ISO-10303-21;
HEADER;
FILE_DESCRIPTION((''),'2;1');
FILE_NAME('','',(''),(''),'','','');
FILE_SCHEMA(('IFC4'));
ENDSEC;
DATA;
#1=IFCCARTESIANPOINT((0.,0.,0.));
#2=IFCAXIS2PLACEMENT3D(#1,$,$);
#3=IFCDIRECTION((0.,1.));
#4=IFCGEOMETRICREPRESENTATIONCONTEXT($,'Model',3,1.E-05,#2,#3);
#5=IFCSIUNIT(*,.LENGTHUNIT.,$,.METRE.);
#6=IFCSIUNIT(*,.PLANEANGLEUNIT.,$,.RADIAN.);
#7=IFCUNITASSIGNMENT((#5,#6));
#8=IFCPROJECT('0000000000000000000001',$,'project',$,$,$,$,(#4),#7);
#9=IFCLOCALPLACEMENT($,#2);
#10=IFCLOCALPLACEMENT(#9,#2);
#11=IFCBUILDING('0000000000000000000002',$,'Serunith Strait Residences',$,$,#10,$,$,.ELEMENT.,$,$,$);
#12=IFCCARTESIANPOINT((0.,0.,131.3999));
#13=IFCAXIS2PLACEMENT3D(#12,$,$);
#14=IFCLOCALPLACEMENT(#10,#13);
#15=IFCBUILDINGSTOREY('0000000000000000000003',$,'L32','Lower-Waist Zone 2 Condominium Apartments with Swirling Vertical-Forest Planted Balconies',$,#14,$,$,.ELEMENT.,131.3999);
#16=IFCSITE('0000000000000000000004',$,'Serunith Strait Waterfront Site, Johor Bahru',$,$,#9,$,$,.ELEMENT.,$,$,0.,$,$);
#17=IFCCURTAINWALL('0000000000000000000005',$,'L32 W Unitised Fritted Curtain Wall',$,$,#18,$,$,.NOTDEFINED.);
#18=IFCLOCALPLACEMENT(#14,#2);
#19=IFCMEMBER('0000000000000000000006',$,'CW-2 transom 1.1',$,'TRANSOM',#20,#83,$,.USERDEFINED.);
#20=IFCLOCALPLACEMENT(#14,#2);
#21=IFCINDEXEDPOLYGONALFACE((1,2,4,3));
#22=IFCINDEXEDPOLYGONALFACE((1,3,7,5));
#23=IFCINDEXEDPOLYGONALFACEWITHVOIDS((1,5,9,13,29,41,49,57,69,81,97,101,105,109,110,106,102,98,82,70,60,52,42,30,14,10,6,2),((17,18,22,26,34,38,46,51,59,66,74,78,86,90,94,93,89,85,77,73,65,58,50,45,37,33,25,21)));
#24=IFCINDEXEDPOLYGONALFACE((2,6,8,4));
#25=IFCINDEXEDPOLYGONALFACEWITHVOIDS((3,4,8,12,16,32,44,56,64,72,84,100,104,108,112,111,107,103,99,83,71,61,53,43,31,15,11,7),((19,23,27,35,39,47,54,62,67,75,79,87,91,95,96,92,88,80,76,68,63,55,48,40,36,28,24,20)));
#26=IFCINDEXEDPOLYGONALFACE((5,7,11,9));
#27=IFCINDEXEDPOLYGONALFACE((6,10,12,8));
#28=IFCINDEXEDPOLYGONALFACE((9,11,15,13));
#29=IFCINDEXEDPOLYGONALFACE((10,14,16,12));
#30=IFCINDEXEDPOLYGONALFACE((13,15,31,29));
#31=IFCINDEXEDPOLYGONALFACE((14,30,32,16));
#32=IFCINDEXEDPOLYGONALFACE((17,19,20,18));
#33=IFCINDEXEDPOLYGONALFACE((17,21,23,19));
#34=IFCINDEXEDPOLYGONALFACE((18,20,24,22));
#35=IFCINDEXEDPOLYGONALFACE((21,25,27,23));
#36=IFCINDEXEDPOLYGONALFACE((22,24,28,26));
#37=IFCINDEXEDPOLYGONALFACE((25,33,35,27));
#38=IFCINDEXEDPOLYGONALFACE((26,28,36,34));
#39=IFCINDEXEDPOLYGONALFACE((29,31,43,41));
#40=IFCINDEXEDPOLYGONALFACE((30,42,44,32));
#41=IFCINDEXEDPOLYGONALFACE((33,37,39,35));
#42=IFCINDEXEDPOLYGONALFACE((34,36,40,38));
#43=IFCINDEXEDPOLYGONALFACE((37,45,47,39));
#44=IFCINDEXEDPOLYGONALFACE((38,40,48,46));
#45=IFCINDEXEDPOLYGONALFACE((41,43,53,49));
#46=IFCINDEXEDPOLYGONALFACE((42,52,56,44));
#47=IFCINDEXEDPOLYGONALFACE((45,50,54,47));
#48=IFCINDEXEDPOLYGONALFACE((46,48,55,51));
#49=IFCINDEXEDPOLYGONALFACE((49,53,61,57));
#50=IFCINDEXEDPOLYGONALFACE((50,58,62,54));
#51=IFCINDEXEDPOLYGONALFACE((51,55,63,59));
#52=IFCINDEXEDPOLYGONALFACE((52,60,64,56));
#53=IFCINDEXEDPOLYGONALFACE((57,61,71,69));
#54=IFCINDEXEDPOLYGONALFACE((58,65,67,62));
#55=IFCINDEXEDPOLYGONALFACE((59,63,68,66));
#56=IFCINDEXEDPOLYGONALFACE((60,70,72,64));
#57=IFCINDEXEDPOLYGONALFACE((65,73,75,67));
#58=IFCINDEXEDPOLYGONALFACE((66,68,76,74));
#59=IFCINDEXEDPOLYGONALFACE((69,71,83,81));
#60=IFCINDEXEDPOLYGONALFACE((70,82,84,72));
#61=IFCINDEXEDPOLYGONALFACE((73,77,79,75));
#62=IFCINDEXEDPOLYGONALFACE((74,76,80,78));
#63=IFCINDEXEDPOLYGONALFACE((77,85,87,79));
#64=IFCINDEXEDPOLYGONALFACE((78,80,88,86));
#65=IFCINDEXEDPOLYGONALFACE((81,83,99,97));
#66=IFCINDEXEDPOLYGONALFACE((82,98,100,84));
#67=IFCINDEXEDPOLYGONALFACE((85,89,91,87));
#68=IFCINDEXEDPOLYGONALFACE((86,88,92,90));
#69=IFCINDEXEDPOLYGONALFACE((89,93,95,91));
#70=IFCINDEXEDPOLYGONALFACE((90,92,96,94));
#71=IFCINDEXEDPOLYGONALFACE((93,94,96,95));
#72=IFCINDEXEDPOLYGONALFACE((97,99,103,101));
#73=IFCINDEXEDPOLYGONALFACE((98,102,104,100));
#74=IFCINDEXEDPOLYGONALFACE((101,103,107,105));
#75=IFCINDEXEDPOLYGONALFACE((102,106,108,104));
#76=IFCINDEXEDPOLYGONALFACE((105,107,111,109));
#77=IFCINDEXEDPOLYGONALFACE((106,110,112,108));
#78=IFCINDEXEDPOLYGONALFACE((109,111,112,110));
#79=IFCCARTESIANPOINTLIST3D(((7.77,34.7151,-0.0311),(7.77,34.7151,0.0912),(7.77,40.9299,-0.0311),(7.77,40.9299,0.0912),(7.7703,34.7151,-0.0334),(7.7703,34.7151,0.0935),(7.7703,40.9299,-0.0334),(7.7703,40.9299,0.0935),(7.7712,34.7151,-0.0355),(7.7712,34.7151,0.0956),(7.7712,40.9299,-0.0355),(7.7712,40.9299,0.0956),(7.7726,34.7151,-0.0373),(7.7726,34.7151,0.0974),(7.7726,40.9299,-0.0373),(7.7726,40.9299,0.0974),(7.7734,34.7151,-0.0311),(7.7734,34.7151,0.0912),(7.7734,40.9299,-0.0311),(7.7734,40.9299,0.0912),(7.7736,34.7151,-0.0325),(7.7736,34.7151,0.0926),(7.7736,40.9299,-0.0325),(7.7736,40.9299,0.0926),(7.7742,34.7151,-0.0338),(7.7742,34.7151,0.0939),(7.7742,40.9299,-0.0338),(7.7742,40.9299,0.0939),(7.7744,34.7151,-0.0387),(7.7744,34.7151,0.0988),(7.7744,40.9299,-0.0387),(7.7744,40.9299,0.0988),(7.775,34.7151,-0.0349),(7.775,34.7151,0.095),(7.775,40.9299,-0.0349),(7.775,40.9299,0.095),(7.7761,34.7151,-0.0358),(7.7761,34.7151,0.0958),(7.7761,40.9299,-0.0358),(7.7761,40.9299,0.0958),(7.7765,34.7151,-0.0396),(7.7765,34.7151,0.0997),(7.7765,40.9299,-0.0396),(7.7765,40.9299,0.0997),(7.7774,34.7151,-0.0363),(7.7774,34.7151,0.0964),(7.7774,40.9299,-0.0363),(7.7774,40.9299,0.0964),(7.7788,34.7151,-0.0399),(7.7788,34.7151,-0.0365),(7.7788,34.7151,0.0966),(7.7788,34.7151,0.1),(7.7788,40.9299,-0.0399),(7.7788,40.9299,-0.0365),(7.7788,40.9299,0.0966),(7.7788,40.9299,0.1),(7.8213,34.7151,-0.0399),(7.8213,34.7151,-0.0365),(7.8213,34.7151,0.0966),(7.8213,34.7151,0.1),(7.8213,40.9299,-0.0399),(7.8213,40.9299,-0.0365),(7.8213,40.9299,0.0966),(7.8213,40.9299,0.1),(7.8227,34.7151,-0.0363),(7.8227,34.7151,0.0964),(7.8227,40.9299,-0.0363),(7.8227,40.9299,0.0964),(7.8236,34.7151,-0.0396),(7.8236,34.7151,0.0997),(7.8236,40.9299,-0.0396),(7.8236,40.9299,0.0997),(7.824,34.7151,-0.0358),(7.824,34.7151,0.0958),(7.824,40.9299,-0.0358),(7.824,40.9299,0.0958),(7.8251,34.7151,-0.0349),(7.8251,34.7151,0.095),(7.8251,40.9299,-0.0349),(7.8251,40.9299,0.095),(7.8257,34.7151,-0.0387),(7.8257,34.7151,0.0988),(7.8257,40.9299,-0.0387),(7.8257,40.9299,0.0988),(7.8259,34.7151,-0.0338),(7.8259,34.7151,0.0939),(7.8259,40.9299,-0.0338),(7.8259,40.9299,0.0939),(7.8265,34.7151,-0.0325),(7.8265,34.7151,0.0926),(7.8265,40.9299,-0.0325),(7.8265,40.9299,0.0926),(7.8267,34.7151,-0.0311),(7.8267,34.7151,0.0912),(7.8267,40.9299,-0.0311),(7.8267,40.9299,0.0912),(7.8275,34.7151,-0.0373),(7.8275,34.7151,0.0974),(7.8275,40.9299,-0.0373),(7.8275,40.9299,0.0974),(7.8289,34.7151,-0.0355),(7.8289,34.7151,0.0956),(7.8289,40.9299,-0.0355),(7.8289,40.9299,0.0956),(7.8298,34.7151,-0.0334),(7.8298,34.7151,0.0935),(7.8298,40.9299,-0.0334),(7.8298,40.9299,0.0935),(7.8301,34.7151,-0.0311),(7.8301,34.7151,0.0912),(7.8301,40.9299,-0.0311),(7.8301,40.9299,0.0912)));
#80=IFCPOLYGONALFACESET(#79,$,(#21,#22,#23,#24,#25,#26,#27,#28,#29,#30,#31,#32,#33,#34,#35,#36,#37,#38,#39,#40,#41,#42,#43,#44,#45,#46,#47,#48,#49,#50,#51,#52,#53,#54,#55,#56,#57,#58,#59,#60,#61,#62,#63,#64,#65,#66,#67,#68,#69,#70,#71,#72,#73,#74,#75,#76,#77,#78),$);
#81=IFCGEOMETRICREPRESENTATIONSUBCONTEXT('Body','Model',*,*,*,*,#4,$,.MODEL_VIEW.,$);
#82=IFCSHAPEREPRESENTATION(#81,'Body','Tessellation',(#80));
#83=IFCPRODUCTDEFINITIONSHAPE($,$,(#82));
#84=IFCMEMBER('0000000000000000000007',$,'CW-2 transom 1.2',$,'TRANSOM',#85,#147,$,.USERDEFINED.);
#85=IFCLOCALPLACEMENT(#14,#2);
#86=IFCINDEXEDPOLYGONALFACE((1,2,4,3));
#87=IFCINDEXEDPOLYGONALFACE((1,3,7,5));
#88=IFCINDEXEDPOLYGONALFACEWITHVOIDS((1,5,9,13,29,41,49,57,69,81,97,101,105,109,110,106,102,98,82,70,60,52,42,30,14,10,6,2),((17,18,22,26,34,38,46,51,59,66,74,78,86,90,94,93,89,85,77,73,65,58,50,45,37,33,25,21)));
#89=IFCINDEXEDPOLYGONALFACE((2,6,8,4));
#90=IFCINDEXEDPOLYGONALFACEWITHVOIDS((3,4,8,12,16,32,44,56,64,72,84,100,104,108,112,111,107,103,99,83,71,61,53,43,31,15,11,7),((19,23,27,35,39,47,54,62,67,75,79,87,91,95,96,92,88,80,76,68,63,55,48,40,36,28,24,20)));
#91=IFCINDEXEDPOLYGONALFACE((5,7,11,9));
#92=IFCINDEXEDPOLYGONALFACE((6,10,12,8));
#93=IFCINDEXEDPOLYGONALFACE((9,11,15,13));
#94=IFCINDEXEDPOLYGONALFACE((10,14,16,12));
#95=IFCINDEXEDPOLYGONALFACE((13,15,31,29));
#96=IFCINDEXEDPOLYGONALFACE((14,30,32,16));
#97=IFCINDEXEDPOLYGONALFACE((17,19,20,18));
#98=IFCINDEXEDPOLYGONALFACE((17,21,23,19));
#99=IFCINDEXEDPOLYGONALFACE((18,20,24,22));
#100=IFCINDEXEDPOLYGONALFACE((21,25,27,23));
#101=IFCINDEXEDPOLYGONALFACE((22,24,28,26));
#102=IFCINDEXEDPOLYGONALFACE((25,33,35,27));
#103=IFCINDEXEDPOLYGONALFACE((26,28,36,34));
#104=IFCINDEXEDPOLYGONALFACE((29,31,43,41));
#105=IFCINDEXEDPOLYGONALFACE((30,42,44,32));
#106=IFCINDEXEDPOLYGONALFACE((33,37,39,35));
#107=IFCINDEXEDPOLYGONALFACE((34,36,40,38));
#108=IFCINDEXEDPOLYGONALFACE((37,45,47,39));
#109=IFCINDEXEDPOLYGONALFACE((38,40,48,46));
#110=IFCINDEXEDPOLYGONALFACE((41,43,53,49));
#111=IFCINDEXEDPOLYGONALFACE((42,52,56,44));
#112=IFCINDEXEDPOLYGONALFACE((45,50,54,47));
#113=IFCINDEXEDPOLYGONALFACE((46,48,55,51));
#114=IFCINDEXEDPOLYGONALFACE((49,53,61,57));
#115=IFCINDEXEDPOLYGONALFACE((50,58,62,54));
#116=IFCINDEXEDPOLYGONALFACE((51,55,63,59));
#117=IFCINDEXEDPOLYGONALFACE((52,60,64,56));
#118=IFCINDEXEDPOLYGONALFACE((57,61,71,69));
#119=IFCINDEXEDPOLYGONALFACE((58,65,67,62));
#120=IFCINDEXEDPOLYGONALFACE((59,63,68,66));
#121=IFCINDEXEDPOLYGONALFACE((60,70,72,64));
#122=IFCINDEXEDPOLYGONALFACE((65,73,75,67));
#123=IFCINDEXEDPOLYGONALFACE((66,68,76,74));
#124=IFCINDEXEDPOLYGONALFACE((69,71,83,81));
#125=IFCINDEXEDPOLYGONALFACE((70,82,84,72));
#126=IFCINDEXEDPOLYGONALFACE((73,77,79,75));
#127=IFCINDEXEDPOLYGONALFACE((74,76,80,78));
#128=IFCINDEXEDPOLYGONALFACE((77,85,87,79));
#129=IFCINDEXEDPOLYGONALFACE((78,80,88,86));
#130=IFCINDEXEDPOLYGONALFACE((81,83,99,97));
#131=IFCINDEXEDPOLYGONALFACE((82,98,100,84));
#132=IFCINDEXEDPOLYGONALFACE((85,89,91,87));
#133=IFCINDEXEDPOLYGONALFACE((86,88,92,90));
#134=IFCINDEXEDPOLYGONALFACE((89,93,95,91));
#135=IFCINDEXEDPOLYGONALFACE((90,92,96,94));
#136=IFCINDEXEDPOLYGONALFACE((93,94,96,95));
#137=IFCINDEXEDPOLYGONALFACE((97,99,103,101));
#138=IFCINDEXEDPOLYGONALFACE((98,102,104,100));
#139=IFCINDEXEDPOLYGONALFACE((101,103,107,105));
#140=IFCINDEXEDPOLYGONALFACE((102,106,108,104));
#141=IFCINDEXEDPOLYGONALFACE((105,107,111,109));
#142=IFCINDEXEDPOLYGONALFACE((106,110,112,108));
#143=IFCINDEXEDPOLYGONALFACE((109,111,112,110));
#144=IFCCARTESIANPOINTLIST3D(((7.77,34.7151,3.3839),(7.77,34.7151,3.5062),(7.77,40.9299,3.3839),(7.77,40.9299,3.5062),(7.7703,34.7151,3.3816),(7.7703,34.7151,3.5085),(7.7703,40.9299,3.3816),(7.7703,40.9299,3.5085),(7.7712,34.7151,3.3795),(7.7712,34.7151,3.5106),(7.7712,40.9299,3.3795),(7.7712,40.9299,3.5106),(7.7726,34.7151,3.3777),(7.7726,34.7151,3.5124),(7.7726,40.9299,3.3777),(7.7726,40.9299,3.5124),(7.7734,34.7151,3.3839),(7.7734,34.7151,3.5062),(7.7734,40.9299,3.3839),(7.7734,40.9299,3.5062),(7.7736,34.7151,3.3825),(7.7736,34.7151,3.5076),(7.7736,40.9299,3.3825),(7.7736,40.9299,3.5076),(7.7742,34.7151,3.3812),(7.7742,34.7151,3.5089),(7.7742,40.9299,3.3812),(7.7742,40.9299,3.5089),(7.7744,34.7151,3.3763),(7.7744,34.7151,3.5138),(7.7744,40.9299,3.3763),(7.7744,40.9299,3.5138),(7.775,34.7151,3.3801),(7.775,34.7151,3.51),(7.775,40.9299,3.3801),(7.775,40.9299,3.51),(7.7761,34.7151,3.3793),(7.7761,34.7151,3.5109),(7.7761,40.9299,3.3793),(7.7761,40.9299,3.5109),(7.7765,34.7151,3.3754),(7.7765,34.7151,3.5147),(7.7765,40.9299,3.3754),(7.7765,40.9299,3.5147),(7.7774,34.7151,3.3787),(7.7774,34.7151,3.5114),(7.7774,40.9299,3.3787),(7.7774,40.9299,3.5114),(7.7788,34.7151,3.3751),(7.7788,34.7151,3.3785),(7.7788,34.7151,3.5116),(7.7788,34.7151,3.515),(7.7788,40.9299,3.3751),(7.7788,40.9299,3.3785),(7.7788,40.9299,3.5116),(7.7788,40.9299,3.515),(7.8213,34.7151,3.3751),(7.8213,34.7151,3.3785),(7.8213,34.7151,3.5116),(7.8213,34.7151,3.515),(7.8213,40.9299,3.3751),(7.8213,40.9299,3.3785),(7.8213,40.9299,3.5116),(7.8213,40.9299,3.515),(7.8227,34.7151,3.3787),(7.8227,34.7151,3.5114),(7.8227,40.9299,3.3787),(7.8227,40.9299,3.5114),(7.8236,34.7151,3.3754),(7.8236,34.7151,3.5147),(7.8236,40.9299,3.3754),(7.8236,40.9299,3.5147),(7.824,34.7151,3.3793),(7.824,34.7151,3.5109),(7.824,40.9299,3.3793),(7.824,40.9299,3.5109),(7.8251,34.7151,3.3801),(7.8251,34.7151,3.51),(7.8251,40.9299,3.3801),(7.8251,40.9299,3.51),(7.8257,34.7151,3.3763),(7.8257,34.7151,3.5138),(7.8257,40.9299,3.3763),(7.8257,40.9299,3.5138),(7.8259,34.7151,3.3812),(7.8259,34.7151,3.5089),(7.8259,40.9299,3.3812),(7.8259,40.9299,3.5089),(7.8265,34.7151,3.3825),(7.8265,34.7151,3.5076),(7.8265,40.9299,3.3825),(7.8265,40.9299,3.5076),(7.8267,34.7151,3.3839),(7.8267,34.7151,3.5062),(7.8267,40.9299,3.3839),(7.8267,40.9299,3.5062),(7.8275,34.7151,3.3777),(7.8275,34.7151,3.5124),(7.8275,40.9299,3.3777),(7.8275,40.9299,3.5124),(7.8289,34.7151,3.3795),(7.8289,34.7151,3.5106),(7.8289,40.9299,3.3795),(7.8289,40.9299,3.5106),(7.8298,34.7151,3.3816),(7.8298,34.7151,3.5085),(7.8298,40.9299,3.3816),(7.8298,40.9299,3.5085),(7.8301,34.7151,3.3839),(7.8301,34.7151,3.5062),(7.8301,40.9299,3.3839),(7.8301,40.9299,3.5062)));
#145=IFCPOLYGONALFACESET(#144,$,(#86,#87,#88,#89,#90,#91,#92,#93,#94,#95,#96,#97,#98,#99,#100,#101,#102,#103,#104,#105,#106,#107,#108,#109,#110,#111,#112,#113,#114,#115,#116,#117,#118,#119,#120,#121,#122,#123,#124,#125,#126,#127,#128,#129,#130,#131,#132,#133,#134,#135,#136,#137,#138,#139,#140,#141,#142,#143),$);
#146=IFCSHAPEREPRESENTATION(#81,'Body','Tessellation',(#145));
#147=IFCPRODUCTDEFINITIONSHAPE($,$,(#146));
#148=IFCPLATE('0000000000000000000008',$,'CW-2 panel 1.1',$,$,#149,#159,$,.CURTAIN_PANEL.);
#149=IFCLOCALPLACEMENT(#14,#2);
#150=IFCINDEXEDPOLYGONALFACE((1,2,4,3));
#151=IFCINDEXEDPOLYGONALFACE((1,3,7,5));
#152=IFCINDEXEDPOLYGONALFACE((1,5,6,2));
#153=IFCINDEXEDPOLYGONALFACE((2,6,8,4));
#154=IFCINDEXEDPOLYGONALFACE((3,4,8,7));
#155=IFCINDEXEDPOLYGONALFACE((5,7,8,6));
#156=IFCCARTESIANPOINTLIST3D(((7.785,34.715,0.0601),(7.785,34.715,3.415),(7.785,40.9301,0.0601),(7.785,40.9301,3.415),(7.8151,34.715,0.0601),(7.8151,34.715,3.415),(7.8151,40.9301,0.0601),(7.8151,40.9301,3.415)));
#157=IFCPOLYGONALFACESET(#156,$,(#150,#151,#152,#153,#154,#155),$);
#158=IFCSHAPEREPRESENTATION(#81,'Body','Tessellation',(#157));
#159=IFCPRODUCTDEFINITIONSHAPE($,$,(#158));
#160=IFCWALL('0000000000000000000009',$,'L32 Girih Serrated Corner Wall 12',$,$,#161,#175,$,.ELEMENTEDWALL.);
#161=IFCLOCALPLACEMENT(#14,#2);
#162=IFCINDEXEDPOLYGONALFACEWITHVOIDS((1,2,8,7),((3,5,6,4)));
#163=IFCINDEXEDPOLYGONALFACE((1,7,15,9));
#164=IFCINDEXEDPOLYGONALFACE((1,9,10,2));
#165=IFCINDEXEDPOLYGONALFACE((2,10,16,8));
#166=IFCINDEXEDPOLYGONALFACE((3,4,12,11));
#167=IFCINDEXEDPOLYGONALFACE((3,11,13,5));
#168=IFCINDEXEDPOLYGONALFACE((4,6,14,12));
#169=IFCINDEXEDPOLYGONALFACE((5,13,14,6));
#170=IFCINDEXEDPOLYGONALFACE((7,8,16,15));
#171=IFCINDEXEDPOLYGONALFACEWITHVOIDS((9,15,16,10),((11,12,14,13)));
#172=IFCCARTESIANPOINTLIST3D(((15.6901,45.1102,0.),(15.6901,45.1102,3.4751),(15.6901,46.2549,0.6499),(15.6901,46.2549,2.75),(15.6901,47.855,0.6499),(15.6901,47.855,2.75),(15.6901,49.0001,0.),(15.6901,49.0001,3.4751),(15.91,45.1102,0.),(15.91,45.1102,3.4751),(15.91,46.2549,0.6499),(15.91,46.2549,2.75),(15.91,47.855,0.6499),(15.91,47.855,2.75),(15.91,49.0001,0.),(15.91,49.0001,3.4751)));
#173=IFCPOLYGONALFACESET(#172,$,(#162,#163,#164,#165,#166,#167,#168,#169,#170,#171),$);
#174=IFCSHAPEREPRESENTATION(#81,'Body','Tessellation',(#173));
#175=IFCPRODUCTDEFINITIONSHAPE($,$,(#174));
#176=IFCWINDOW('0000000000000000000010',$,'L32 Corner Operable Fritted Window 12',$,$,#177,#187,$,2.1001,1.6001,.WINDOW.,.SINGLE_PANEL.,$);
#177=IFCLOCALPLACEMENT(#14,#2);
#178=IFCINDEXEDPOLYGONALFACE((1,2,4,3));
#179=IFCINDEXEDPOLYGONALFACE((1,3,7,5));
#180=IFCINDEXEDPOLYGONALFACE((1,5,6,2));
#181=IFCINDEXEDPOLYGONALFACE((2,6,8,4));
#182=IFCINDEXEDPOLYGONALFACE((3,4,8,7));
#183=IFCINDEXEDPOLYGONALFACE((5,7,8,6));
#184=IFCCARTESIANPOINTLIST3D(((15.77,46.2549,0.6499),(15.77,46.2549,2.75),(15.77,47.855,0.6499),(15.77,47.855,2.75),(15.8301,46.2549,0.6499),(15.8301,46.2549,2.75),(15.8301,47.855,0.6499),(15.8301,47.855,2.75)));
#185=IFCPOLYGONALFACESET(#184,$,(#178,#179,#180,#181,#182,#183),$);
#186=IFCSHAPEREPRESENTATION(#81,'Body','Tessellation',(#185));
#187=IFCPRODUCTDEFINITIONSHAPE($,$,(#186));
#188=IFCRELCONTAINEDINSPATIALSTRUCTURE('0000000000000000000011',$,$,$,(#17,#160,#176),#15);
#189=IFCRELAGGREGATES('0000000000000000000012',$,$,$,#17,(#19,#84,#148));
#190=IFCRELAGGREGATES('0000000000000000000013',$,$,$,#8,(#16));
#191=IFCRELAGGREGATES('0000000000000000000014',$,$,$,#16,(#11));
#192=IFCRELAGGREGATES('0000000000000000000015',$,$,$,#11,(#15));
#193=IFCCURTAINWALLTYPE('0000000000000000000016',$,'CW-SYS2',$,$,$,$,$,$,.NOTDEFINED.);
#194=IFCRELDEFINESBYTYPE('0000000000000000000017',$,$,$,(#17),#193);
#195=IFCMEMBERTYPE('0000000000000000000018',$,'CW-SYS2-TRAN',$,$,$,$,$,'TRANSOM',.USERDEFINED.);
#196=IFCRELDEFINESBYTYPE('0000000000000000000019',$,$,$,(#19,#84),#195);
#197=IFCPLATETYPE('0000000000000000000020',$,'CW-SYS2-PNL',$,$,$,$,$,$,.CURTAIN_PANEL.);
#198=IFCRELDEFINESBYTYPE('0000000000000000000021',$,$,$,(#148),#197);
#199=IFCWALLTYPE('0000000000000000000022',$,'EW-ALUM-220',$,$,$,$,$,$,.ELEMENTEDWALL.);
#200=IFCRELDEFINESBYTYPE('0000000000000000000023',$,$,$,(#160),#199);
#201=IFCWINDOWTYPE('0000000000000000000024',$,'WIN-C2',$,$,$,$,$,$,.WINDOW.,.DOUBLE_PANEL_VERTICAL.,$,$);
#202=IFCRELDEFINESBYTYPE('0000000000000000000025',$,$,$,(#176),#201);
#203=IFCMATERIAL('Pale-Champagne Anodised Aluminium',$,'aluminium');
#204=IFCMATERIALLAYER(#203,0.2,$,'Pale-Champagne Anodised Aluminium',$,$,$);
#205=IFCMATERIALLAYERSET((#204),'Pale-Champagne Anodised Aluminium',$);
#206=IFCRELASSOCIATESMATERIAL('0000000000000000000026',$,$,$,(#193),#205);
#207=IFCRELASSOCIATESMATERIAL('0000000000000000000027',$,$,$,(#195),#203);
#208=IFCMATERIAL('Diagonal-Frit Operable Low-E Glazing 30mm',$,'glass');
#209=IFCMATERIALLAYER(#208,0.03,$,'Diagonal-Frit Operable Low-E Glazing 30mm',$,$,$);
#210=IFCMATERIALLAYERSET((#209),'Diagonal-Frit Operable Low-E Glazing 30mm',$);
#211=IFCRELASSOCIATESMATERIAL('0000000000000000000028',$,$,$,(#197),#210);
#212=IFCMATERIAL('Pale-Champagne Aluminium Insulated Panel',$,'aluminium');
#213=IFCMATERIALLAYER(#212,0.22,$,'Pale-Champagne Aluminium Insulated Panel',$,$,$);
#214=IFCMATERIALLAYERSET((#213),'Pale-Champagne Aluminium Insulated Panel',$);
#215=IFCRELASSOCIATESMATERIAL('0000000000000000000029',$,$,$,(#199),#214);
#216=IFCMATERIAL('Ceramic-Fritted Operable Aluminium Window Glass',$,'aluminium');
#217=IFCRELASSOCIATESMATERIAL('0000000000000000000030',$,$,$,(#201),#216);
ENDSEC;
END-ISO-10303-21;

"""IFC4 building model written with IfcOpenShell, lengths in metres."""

from ifc_helpers import new_model, si_unit, direction, frame, frame_2d, origin, origin_2d, place, context, subcontext, project, spatial, rectangle, hollow_rectangle, extrude, source, transform, mapped, material, layer, layer_set, material_profile, profile_set, type_object, element, fill, aggregate, save


model = new_model("IFC4")

# Units and contexts
model_context = context("Model", 3, precision=1e-05, world=origin(), true_north=direction((0.0, 1.0)))
body_context = subcontext(model_context, "Body", "Model", "MODEL_VIEW")
ifc_project = project(units=[si_unit("LENGTHUNIT", "METRE"), si_unit("PLANEANGLEUNIT", "RADIAN")], contexts=[model_context])

# Site, building, storey
site_placement = place(None, origin())
site = spatial("IfcSite", under=ifc_project, at=site_placement, Name="Serunith Strait Waterfront Site, Johor Bahru", CompositionType="ELEMENT", RefElevation=0.0)
building_placement = place(site_placement, origin())
building = spatial("IfcBuilding", under=site, at=building_placement, Name="Serunith Strait Residences", CompositionType="ELEMENT")
storey_placement = place(building_placement, frame((0.0, 0.0, 131.3999)))
storey = spatial("IfcBuildingStorey", under=building, at=storey_placement, Name="L32", Description="Lower-Waist Zone 2 Condominium Apartments with Swirling Vertical-Forest Planted Balconies", CompositionType="ELEMENT", Elevation=131.3999)

# Shared definitions
ifc_material_1 = material(Name="Pale-Champagne Anodised Aluminium", Category="aluminium")
ifc_layer_1 = layer(ifc_material_1, 0.2, Name="Pale-Champagne Anodised Aluminium")
ifc_layer_set_1 = layer_set([ifc_layer_1], Name="Pale-Champagne Anodised Aluminium")
curtain_wall_type = type_object("IfcCurtainWallType", Name="CW-SYS2", PredefinedType="NOTDEFINED", material=ifc_layer_set_1)

# Curtain wall, members, plate
curtain_wall_1_placement = place(storey_placement, origin())
curtain_wall_1 = element("IfcCurtainWall", 1, at=curtain_wall_1_placement, inside=storey, type_object=curtain_wall_type, Name="L32 W Unitised Fritted Curtain Wall", PredefinedType="NOTDEFINED")
ifc_material_profile_1 = material_profile(ifc_material_1, hollow_rectangle(XDim=0.0601, YDim=0.1399, WallThickness=0.0034, InnerFilletRadius=0.0054, OuterFilletRadius=0.0088, at=origin_2d()), Name="ALU 140x60x3.5")
ifc_profile_set_1 = profile_set([ifc_material_profile_1], Name="Pale-Champagne Anodised Aluminium")
member_type_1 = type_object("IfcMemberType", Name="CW-SYS2-TRAN", ElementType="TRANSOM", PredefinedType="USERDEFINED", material=ifc_profile_set_1)
shared_shape_1 = source(origin(), body_context, "Body", "SweptSolid", [
    extrude(hollow_rectangle(XDim=0.0601, YDim=0.1399, WallThickness=0.0034, InnerFilletRadius=0.0054, OuterFilletRadius=0.0088, at=origin_2d()), origin(), (0.0, 0.0, 1.0), 6.2148),
])
member_1_placement = place(storey_placement, frame((7.8, 40.9299, 0.03), z_axis=(0.0, -1.0, 0.0), x_axis=(1.0, 0.0, 0.0)))
member_1 = element("IfcMember", 2, at=member_1_placement, type_object=member_type_1, Name="CW-2 transom 1.1", ObjectType="TRANSOM", PredefinedType="USERDEFINED", context=body_context, shape_type="MappedRepresentation", body=[
    mapped(shared_shape_1, transform((0.0, 0.0, 0.0), scale=1.0)),
])
member_2_placement = place(storey_placement, frame((7.8, 40.9299, 3.4451), z_axis=(0.0, -1.0, 0.0), x_axis=(1.0, 0.0, 0.0)))
member_2 = element("IfcMember", 3, at=member_2_placement, type_object=member_type_1, Name="CW-2 transom 1.2", ObjectType="TRANSOM", PredefinedType="USERDEFINED", context=body_context, shape_type="MappedRepresentation", body=[
    mapped(shared_shape_1, transform((0.0, 0.0, 0.0), scale=1.0)),
])
ifc_material_2 = material(Name="Diagonal-Frit Operable Low-E Glazing 30mm", Category="glass")
ifc_layer_2 = layer(ifc_material_2, 0.03, Name="Diagonal-Frit Operable Low-E Glazing 30mm")
ifc_layer_set_2 = layer_set([ifc_layer_2], Name="Diagonal-Frit Operable Low-E Glazing 30mm")
plate_type = type_object("IfcPlateType", Name="CW-SYS2-PNL", PredefinedType="CURTAIN_PANEL", material=ifc_layer_set_2)
shared_shape_2 = source(origin(), body_context, "Body", "SweptSolid", [
    extrude(rectangle(XDim=6.2151, YDim=0.03, at=origin_2d()), origin(), (0.0, 0.0, 1.0), 3.355),
])
plate_placement = place(storey_placement, frame((7.8, 37.8225, 0.0601), z_axis=(0.0, 0.0, 1.0), x_axis=(0.0, -1.0, 0.0)))
plate = element("IfcPlate", 4, at=plate_placement, type_object=plate_type, Name="CW-2 panel 1.1", PredefinedType="CURTAIN_PANEL", context=body_context, shape_type="MappedRepresentation", body=[
    mapped(shared_shape_2, transform((0.0, 0.0, 0.0), scale=1.0)),
])
aggregate(curtain_wall_1, [member_1, member_2, plate])

# Wall, opening, window
ifc_material_3 = material(Name="Pale-Champagne Aluminium Insulated Panel", Category="aluminium")
ifc_layer_3 = layer(ifc_material_3, 0.22, Name="Pale-Champagne Aluminium Insulated Panel")
ifc_layer_set_3 = layer_set([ifc_layer_3], Name="Pale-Champagne Aluminium Insulated Panel")
wall_type_1 = type_object("IfcWallType", Name="EW-ALUM-220", PredefinedType="ELEMENTEDWALL", material=ifc_layer_set_3)
wall_1_placement = place(storey_placement, frame((15.8, 49.0, 0.0), z_axis=(0.0, 0.0, 1.0), x_axis=(0.0, -1.0, 0.0)))
wall_1 = element("IfcWall", 5, at=wall_1_placement, inside=storey, type_object=wall_type_1, Name="L32 Girih Serrated Corner Wall 12", PredefinedType="ELEMENTEDWALL", context=body_context, shape_type="SweptSolid", body=[
    extrude(rectangle(XDim=3.8899, YDim=0.22, at=frame_2d((1.9448, 0.0))), origin(), (0.0, 0.0, 1.0), 3.4751),
])
opening_1_placement = place(wall_1_placement, frame((1.145, 0.0, 0.6499)))
opening_1 = element("IfcOpeningElement", 6, at=opening_1_placement, cuts=wall_1, PredefinedType="OPENING", context=body_context, shape_type="SweptSolid", body=[
    extrude(rectangle(XDim=1.6001, YDim=2.1001, at=frame_2d((0.8, 1.05))), frame((0.0, 0.1201, 0.0), z_axis=(0.0, -1.0, 0.0), x_axis=(1.0, 0.0, 0.0)), (0.0, 0.0, 1.0), 0.24),
])
ifc_material_4 = material(Name="Ceramic-Fritted Operable Aluminium Window Glass", Category="aluminium")
window_type = type_object("IfcWindowType", Name="WIN-C2", PartitioningType="DOUBLE_PANEL_VERTICAL", PredefinedType="WINDOW", material=ifc_material_4)
shared_shape_3 = source(origin(), body_context, "Body", "SweptSolid", [
    extrude(rectangle(XDim=1.6001, YDim=2.1001, at=frame_2d((0.8, 1.05))), frame((0.0, 0.03, 0.0), z_axis=(0.0, -1.0, 0.0), x_axis=(1.0, 0.0, 0.0)), (0.0, 0.0, 1.0), 0.0601),
])
window_1_placement = place(opening_1_placement, origin())
window_1 = element("IfcWindow", 7, at=window_1_placement, inside=storey, type_object=window_type, Name="L32 Corner Operable Fritted Window 12", OverallHeight=2.1001, OverallWidth=1.6001, PartitioningType="SINGLE_PANEL", PredefinedType="WINDOW", context=body_context, shape_type="MappedRepresentation", body=[
    mapped(shared_shape_3, transform((0.0, 0.0, 0.0), scale=1.0)),
])
fill(opening_1, window_1)

save(model, "model.ifc")
